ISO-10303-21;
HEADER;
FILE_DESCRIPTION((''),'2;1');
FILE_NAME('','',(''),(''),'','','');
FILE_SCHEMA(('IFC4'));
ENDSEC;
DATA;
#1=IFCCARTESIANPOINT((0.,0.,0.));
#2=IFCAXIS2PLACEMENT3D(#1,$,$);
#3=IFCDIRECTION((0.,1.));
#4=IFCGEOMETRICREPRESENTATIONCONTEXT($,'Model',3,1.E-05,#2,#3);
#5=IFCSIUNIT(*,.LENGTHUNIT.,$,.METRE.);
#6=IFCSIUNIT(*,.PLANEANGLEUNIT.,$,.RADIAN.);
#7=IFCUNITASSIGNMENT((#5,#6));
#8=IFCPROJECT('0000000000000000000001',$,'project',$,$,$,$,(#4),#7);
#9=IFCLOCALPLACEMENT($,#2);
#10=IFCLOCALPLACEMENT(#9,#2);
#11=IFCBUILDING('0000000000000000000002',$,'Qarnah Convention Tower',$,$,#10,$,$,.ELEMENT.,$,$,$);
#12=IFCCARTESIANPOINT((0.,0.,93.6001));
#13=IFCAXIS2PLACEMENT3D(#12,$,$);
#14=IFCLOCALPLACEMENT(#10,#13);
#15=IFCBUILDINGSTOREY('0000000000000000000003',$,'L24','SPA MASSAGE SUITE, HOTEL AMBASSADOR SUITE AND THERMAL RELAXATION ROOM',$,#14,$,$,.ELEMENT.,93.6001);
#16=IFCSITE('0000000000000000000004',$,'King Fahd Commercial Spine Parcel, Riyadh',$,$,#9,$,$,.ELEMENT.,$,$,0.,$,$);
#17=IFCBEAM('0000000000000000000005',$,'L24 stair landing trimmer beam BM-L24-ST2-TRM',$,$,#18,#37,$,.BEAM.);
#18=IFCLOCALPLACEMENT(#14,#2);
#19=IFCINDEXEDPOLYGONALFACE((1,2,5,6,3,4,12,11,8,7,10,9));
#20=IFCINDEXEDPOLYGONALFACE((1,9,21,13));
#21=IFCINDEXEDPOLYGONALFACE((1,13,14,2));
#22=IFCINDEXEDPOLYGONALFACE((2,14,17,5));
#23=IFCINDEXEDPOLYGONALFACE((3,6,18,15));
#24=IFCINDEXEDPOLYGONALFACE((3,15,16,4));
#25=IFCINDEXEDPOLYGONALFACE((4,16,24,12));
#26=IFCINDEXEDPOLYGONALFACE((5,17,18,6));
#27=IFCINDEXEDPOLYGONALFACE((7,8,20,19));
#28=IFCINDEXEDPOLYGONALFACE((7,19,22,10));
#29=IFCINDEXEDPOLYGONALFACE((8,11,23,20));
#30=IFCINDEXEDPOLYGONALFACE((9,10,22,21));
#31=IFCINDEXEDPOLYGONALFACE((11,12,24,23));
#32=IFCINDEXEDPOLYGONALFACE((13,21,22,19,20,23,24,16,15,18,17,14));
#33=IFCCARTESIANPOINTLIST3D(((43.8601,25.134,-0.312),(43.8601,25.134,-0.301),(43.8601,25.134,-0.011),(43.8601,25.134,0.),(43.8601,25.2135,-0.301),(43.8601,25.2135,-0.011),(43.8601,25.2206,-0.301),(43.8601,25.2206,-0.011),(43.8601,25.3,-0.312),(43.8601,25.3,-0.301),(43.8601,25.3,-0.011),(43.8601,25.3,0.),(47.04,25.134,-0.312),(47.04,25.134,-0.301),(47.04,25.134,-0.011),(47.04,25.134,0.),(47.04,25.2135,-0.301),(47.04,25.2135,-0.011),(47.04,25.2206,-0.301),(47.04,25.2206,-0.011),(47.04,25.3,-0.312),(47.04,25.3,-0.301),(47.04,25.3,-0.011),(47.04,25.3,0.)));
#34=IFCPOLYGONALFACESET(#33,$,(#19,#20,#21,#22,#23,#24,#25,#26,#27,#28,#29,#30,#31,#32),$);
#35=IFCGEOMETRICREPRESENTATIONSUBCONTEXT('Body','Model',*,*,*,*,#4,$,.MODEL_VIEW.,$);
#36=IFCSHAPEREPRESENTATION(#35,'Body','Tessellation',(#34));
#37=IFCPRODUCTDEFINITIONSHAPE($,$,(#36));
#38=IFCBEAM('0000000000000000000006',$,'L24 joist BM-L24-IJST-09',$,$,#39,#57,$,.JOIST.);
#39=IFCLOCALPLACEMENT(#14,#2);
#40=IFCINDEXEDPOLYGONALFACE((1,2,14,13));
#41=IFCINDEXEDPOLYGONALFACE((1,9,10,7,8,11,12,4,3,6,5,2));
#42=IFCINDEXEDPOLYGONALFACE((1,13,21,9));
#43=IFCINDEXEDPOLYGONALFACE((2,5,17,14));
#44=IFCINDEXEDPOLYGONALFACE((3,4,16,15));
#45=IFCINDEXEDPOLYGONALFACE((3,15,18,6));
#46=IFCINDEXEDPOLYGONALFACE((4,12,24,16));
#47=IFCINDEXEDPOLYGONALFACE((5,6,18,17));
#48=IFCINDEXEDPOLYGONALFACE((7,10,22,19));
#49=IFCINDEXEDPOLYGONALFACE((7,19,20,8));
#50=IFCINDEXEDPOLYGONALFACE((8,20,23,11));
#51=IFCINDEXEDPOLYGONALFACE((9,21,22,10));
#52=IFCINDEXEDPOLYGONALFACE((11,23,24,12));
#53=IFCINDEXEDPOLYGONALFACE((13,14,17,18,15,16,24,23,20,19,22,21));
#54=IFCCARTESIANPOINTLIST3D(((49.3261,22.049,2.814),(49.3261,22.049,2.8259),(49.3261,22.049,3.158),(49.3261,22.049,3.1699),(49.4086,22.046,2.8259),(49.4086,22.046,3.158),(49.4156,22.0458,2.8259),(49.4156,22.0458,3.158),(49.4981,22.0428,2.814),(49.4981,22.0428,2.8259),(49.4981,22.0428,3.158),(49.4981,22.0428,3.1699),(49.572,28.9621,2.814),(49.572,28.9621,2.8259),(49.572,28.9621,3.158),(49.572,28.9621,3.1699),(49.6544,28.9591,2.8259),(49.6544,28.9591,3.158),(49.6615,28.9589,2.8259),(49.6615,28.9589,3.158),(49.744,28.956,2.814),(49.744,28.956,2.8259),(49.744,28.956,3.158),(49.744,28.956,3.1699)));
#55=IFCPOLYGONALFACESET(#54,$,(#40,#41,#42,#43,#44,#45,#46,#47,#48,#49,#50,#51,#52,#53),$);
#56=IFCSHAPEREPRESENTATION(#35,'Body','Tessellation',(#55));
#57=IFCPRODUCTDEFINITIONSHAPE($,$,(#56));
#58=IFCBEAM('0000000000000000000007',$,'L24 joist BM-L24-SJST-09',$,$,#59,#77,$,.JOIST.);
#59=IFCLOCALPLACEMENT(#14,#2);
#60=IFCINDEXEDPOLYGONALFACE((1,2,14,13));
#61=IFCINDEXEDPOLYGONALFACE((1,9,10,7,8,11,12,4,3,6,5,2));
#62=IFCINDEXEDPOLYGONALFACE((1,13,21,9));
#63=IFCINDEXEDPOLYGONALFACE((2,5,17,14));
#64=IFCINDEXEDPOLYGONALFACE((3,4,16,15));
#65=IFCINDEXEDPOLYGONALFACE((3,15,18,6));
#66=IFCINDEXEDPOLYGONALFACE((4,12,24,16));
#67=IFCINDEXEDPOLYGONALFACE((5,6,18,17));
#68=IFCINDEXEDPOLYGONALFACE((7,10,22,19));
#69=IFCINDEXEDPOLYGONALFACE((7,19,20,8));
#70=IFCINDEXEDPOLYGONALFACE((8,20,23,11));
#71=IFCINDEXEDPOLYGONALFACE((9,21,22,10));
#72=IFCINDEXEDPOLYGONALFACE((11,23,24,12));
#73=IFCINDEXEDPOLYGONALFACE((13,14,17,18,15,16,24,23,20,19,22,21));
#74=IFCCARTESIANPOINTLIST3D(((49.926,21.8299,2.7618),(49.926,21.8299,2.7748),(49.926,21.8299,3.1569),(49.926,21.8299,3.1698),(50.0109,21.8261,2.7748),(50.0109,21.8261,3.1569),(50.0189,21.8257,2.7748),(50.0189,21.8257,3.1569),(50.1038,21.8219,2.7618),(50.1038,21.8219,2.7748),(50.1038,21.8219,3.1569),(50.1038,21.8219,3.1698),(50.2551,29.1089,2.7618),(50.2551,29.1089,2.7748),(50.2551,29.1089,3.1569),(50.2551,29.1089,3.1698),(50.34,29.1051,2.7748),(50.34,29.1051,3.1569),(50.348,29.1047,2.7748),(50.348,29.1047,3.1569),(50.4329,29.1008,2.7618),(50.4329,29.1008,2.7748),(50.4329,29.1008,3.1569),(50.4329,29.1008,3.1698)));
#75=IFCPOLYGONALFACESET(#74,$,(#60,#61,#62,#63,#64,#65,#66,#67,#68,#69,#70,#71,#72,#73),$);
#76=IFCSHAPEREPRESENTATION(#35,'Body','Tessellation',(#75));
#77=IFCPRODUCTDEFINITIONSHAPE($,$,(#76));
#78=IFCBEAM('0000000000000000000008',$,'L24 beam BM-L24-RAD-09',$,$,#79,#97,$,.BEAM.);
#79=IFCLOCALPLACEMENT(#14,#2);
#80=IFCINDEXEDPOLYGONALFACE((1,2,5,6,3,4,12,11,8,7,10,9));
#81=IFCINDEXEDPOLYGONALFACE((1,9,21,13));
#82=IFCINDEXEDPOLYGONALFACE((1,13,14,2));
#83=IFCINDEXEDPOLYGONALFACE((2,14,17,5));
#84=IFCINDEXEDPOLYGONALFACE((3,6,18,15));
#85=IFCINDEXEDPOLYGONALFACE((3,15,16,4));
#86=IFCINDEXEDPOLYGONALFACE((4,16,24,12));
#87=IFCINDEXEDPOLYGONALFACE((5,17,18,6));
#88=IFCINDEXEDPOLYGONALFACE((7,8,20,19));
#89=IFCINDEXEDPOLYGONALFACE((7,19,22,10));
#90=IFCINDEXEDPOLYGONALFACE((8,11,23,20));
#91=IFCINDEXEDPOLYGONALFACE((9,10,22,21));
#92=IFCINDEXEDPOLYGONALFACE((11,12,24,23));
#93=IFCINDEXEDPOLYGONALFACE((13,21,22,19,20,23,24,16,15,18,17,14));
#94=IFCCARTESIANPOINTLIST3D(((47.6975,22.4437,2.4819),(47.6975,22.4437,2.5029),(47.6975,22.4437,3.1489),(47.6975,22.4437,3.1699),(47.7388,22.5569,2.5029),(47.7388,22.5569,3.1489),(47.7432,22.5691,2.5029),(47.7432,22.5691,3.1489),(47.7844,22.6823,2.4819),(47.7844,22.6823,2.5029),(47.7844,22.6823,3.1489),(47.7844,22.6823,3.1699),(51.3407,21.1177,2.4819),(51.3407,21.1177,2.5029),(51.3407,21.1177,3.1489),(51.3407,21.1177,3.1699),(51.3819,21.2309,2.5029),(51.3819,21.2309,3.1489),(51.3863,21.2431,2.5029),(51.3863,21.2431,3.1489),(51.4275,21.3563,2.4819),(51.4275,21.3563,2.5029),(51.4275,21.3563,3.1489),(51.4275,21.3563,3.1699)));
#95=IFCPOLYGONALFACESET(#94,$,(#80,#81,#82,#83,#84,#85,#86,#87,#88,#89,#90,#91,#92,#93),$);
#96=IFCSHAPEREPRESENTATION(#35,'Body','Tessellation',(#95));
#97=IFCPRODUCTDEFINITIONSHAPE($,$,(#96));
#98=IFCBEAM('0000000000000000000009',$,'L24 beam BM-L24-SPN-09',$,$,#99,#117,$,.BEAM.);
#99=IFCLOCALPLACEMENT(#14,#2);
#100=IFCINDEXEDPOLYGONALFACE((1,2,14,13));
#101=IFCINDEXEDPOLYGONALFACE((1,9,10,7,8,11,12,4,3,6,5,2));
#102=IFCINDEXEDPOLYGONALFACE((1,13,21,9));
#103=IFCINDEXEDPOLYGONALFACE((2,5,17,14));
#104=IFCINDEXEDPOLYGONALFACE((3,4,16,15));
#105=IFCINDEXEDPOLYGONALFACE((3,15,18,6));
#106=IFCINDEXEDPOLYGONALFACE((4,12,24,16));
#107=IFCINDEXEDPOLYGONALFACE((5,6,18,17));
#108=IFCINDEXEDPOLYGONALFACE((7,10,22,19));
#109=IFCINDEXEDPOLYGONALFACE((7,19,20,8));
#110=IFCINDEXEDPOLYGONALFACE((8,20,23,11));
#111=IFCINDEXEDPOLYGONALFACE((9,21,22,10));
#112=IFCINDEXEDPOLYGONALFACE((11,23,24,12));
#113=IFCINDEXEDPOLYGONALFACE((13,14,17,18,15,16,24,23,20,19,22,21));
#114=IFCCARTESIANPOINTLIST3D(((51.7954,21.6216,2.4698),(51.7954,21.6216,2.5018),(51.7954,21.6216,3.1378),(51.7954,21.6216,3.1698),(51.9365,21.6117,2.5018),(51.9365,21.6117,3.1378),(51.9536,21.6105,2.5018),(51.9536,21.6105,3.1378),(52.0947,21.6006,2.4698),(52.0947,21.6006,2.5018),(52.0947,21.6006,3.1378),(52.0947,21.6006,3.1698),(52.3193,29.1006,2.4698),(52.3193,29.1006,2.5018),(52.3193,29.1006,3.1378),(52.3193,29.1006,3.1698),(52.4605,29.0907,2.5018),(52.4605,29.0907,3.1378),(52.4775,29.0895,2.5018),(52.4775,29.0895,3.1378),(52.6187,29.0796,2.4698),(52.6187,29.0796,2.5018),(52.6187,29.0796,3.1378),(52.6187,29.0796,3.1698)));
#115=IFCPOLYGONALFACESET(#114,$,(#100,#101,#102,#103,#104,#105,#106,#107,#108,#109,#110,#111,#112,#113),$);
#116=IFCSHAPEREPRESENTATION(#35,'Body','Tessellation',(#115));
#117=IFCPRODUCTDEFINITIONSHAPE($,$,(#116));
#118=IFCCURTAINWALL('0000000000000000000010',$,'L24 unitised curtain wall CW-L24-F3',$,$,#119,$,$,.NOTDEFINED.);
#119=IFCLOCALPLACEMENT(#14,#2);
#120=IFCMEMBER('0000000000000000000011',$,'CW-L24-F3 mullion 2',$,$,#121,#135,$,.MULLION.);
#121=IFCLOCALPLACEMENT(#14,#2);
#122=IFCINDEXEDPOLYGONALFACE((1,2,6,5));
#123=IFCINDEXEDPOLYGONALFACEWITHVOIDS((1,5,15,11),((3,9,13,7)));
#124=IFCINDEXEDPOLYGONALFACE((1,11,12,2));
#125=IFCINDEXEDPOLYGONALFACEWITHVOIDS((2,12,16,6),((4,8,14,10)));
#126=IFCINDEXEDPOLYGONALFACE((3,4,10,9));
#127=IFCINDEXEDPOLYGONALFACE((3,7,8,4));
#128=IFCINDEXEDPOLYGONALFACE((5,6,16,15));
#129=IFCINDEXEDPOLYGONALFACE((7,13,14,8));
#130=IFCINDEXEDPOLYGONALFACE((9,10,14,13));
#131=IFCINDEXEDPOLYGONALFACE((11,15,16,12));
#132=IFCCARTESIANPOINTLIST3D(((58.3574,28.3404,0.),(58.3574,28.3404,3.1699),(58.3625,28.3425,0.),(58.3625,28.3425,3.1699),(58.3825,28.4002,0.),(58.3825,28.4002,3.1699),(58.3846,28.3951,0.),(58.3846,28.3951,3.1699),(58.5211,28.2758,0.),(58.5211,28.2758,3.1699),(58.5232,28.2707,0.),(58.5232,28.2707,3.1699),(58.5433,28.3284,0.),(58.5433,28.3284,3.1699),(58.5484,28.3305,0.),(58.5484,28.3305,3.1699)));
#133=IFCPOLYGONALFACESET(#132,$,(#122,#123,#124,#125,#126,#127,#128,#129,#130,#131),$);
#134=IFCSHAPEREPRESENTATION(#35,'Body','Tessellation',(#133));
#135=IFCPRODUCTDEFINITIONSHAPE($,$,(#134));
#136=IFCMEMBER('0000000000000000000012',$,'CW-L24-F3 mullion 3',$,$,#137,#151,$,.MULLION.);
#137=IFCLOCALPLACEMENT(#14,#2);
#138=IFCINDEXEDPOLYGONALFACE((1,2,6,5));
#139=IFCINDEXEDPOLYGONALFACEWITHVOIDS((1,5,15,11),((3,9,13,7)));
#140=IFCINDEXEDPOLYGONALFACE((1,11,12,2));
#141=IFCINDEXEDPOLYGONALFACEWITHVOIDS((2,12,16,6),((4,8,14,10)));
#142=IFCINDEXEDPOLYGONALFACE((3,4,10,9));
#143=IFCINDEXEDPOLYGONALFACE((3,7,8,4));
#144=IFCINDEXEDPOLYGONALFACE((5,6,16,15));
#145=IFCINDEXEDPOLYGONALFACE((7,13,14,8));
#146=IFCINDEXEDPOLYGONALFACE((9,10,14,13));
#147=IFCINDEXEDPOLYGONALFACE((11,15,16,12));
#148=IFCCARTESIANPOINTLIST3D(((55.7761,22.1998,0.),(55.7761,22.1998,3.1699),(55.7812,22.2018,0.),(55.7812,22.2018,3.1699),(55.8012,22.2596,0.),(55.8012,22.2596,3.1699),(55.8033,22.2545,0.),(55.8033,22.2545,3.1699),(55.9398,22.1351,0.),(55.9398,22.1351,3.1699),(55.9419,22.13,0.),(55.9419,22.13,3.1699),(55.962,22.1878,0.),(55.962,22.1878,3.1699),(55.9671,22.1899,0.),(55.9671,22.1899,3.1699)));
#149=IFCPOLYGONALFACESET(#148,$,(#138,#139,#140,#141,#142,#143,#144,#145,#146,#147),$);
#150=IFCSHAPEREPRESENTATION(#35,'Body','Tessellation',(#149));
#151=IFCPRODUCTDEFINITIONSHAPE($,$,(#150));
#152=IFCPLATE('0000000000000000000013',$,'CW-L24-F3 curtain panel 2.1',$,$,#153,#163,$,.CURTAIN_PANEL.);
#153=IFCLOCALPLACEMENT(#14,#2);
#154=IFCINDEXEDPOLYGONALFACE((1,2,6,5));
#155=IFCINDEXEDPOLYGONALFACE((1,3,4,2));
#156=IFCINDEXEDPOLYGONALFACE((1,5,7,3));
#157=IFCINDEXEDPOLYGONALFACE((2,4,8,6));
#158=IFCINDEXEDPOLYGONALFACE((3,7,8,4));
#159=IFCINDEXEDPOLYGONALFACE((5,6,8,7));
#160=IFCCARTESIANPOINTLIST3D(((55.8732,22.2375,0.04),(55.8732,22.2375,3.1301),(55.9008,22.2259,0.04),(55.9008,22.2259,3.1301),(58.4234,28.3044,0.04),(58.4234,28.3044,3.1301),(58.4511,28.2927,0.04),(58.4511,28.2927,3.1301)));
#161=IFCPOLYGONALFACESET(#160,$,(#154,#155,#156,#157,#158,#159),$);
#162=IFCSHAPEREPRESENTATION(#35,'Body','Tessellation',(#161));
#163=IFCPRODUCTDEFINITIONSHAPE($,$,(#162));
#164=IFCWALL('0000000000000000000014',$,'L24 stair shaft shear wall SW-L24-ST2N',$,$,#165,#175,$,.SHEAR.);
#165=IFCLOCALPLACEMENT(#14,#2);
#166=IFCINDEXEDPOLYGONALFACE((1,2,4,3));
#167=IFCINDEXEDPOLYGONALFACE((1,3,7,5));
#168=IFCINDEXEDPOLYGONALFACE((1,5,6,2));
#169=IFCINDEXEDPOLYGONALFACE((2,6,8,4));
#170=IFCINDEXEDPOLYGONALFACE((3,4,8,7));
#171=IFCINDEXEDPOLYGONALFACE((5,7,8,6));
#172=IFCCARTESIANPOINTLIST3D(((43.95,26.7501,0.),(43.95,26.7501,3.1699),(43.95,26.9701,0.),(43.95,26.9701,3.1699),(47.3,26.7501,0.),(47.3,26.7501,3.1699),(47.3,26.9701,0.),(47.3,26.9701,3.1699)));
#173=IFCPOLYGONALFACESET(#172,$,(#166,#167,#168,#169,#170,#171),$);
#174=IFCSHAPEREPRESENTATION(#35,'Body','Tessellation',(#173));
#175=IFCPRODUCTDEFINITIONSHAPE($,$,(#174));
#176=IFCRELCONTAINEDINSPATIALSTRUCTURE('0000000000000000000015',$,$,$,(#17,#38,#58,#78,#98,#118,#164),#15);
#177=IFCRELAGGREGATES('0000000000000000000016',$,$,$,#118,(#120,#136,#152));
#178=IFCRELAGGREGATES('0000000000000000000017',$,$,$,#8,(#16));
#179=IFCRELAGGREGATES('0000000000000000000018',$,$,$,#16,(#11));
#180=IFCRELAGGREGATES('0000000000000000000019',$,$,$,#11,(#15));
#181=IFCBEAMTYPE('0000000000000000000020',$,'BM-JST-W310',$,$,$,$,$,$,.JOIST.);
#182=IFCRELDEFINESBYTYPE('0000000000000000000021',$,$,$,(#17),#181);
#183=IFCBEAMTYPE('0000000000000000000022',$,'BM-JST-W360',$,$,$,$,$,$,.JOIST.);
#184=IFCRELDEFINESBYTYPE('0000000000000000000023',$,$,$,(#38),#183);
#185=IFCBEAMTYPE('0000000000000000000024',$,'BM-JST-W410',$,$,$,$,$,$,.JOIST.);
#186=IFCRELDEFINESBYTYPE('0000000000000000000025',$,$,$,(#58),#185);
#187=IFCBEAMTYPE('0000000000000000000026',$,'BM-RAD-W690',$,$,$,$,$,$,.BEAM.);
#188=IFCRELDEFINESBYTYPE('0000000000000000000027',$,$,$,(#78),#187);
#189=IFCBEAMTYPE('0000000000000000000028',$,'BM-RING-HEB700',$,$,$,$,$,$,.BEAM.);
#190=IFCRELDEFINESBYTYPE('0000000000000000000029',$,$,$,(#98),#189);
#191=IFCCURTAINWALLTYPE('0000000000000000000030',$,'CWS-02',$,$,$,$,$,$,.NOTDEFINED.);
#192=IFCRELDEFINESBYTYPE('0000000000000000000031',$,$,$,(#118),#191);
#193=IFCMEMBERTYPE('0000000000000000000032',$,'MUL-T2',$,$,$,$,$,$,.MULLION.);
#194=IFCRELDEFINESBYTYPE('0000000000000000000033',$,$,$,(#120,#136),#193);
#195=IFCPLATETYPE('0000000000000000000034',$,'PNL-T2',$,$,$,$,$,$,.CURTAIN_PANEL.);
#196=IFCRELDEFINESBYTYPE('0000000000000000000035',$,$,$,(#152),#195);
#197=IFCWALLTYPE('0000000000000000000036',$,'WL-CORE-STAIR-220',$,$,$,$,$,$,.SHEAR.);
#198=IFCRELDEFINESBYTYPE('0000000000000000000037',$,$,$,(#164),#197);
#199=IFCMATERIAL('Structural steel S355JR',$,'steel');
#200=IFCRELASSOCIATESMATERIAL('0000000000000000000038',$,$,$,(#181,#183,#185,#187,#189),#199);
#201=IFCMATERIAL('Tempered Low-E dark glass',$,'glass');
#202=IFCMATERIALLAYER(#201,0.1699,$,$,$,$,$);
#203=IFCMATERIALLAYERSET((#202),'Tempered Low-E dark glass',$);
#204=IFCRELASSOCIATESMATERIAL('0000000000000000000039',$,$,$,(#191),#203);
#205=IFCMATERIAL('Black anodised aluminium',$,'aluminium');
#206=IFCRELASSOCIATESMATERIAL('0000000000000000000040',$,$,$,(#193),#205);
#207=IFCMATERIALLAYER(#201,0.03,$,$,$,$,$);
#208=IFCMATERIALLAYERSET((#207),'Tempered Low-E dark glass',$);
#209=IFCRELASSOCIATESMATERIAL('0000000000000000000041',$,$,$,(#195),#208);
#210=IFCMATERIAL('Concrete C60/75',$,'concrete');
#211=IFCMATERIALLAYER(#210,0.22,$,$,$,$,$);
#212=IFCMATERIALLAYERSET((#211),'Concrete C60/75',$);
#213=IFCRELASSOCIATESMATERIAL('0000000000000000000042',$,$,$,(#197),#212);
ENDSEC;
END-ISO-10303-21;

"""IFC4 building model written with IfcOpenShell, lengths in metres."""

from ifc_helpers import new_model, si_unit, direction, frame, frame_2d, origin, origin_2d, place, context, subcontext, project, spatial, rectangle, hollow_rectangle, i_section, extrude, material, layer, layer_set, material_profile, profile_set, type_object, element, aggregate, save


model = new_model("IFC4")

# Units and contexts
model_context = context("Model", 3, precision=1e-05, world=origin(), true_north=direction((0.0, 1.0)))
body_context = subcontext(model_context, "Body", "Model", "MODEL_VIEW")
ifc_project = project(units=[si_unit("LENGTHUNIT", "METRE"), si_unit("PLANEANGLEUNIT", "RADIAN")], contexts=[model_context])

# Site, building, storey
site_placement = place(None, origin())
site = spatial("IfcSite", under=ifc_project, at=site_placement, Name="King Fahd Commercial Spine Parcel, Riyadh", CompositionType="ELEMENT", RefElevation=0.0)
building_placement = place(site_placement, origin())
building = spatial("IfcBuilding", under=site, at=building_placement, Name="Qarnah Convention Tower", CompositionType="ELEMENT")
storey_placement = place(building_placement, frame((0.0, 0.0, 93.6001)))
storey = spatial("IfcBuildingStorey", under=building, at=storey_placement, Name="L24", Description="SPA MASSAGE SUITE, HOTEL AMBASSADOR SUITE AND THERMAL RELAXATION ROOM", CompositionType="ELEMENT", Elevation=93.6001)

# Beams
ifc_material_1 = material(Name="Structural steel S355JR", Category="steel")
ifc_material_profile_1 = material_profile(ifc_material_1, i_section(OverallWidth=0.166, OverallDepth=0.312, WebThickness=0.0071, FlangeThickness=0.011, at=origin_2d()), Name="W310X45")
ifc_profile_set_1 = profile_set([ifc_material_profile_1], Name="Structural steel S355JR")
beam_type_1 = type_object("IfcBeamType", Name="BM-JST-W310", PredefinedType="JOIST", material=ifc_profile_set_1)
beam_1_placement = place(storey_placement, frame((43.8601, 25.217, -0.156), z_axis=(1.0, 0.0, 0.0), x_axis=(0.0, 1.0, 0.0)))
element("IfcBeam", 1, at=beam_1_placement, inside=storey, type_object=beam_type_1, Name="L24 stair landing trimmer beam BM-L24-ST2-TRM", PredefinedType="BEAM", context=body_context, shape_type="SweptSolid", body=[
    extrude(i_section(OverallWidth=0.166, OverallDepth=0.312, WebThickness=0.0071, FlangeThickness=0.011, at=origin_2d()), origin(), (0.0, 0.0, 1.0), 3.1799),
])
ifc_material_profile_2 = material_profile(ifc_material_1, i_section(OverallWidth=0.1721, OverallDepth=0.356, WebThickness=0.0071, FlangeThickness=0.012, at=origin_2d()), Name="W360X51")
ifc_profile_set_2 = profile_set([ifc_material_profile_2], Name="Structural steel S355JR")
beam_type_2 = type_object("IfcBeamType", Name="BM-JST-W360", PredefinedType="JOIST", material=ifc_profile_set_2)
beam_2_placement = place(storey_placement, frame((49.4121, 22.0459, 2.9919), z_axis=(0.03554, 0.999368, 0.0), x_axis=(-0.999368, 0.03554, 0.0)))
element("IfcBeam", 2, at=beam_2_placement, inside=storey, type_object=beam_type_2, Name="L24 joist BM-L24-IJST-09", PredefinedType="JOIST", context=body_context, shape_type="SweptSolid", body=[
    extrude(i_section(OverallWidth=0.1721, OverallDepth=0.356, WebThickness=0.0071, FlangeThickness=0.012, at=origin_2d()), origin(), (0.0, 0.0, 1.0), 6.9175),
])
ifc_material_profile_3 = material_profile(ifc_material_1, i_section(OverallWidth=0.178, OverallDepth=0.408, WebThickness=0.0081, FlangeThickness=0.0129, at=origin_2d()), Name="W410X60")
ifc_profile_set_3 = profile_set([ifc_material_profile_3], Name="Structural steel S355JR")
beam_type_3 = type_object("IfcBeamType", Name="BM-JST-W410", PredefinedType="JOIST", material=ifc_profile_set_3)
beam_3_placement = place(storey_placement, frame((50.0149, 21.8259, 2.9658), z_axis=(0.045166, 0.998979, 0.0), x_axis=(-0.998979, 0.045166, 0.0)))
element("IfcBeam", 3, at=beam_3_placement, inside=storey, type_object=beam_type_3, Name="L24 joist BM-L24-SJST-09", PredefinedType="JOIST", context=body_context, shape_type="SweptSolid", body=[
    extrude(i_section(OverallWidth=0.178, OverallDepth=0.408, WebThickness=0.0081, FlangeThickness=0.0129, at=origin_2d()), origin(), (0.0, 0.0, 1.0), 7.2864),
])
ifc_material_profile_4 = material_profile(ifc_material_1, i_section(OverallWidth=0.2539, OverallDepth=0.688, WebThickness=0.0129, FlangeThickness=0.021, at=origin_2d()), Name="W690X152")
ifc_profile_set_4 = profile_set([ifc_material_profile_4], Name="Structural steel S355JR")
beam_type_4 = type_object("IfcBeamType", Name="BM-RAD-W690", PredefinedType="BEAM", material=ifc_profile_set_4)
beam_4_placement = place(storey_placement, frame((47.741, 22.563, 2.8259), z_axis=(0.939696, -0.342011, 0.0), x_axis=(0.342011, 0.939696, 0.0)))
element("IfcBeam", 4, at=beam_4_placement, inside=storey, type_object=beam_type_4, Name="L24 beam BM-L24-RAD-09", PredefinedType="BEAM", context=body_context, shape_type="SweptSolid", body=[
    extrude(i_section(OverallWidth=0.2539, OverallDepth=0.688, WebThickness=0.0129, FlangeThickness=0.021, at=origin_2d()), origin(), (0.0, 0.0, 1.0), 3.877),
])
ifc_material_profile_5 = material_profile(ifc_material_1, i_section(OverallWidth=0.3, OverallDepth=0.7, WebThickness=0.0171, FlangeThickness=0.032, at=origin_2d()), Name="HEB700")
ifc_profile_set_5 = profile_set([ifc_material_profile_5], Name="Structural steel S355JR")
beam_type_5 = type_object("IfcBeamType", Name="BM-RING-HEB700", PredefinedType="BEAM", material=ifc_profile_set_5)
beam_5_placement = place(storey_placement, frame((51.9451, 21.6111, 2.8198), z_axis=(0.069882, 0.997555, 0.0), x_axis=(-0.997555, 0.069882, 0.0)))
element("IfcBeam", 5, at=beam_5_placement, inside=storey, type_object=beam_type_5, Name="L24 beam BM-L24-SPN-09", PredefinedType="BEAM", context=body_context, shape_type="SweptSolid", body=[
    extrude(i_section(OverallWidth=0.3, OverallDepth=0.7, WebThickness=0.0171, FlangeThickness=0.032, at=origin_2d()), origin(), (0.0, 0.0, 1.0), 7.4973),
])

# Curtain wall, members, plate
ifc_material_2 = material(Name="Tempered Low-E dark glass", Category="glass")
ifc_layer_1 = layer(ifc_material_2, 0.1699)
ifc_layer_set_1 = layer_set([ifc_layer_1], Name="Tempered Low-E dark glass")
curtain_wall_type = type_object("IfcCurtainWallType", Name="CWS-02", PredefinedType="NOTDEFINED", material=ifc_layer_set_1)
curtain_wall_placement = place(storey_placement, origin())
curtain_wall = element("IfcCurtainWall", 6, at=curtain_wall_placement, inside=storey, type_object=curtain_wall_type, Name="L24 unitised curtain wall CW-L24-F3", PredefinedType="NOTDEFINED")
ifc_material_3 = material(Name="Black anodised aluminium", Category="aluminium")
ifc_material_profile_6 = material_profile(ifc_material_3, hollow_rectangle(XDim=0.0649, YDim=0.1799, WallThickness=0.0039, at=origin_2d()), Name="MUL-65X180")
ifc_profile_set_6 = profile_set([ifc_material_profile_6], Name="Black anodised aluminium")
member_type = type_object("IfcMemberType", Name="MUL-T2", PredefinedType="MULLION", material=ifc_profile_set_6)
member_1_placement = place(storey_placement, frame((58.4529, 28.3354, 0.0), z_axis=(0.0, 0.0, 1.0), x_axis=(-0.387507, -0.921867, 0.0)))
member_1 = element("IfcMember", 7, at=member_1_placement, type_object=member_type, Name="CW-L24-F3 mullion 2", PredefinedType="MULLION", context=body_context, shape_type="SweptSolid", body=[
    extrude(hollow_rectangle(XDim=0.0649, YDim=0.1799, WallThickness=0.0039, at=origin_2d()), origin(), (0.0, 0.0, 1.0), 3.1699),
])
member_2_placement = place(storey_placement, frame((55.8716, 22.1948, 0.0), z_axis=(0.0, 0.0, 1.0), x_axis=(-0.387507, -0.921867, 0.0)))
member_2 = element("IfcMember", 8, at=member_2_placement, type_object=member_type, Name="CW-L24-F3 mullion 3", PredefinedType="MULLION", context=body_context, shape_type="SweptSolid", body=[
    extrude(hollow_rectangle(XDim=0.0649, YDim=0.1799, WallThickness=0.0039, at=origin_2d()), origin(), (0.0, 0.0, 1.0), 3.1699),
])
ifc_layer_2 = layer(ifc_material_2, 0.03)
ifc_layer_set_2 = layer_set([ifc_layer_2], Name="Tempered Low-E dark glass")
plate_type = type_object("IfcPlateType", Name="PNL-T2", PredefinedType="CURTAIN_PANEL", material=ifc_layer_set_2)
plate_placement = place(storey_placement, frame((57.1621, 25.2651, 0.04), z_axis=(0.0, 0.0, 1.0), x_axis=(-0.387507, -0.921867, 0.0)))
plate = element("IfcPlate", 9, at=plate_placement, type_object=plate_type, Name="CW-L24-F3 curtain panel 2.1", PredefinedType="CURTAIN_PANEL", context=body_context, shape_type="SweptSolid", body=[
    extrude(rectangle(XDim=6.5811, YDim=0.03, at=origin_2d()), origin(), (0.0, 0.0, 1.0), 3.0901),
])
aggregate(curtain_wall, [member_1, member_2, plate])

# Wall
ifc_material_4 = material(Name="Concrete C60/75", Category="concrete")
ifc_layer_3 = layer(ifc_material_4, 0.22)
ifc_layer_set_3 = layer_set([ifc_layer_3], Name="Concrete C60/75")
wall_type_1 = type_object("IfcWallType", Name="WL-CORE-STAIR-220", PredefinedType="SHEAR", material=ifc_layer_set_3)
wall_placement = place(storey_placement, frame((43.95, 26.8601, 0.0), z_axis=(0.0, 0.0, 1.0), x_axis=(1.0, 0.0, 0.0)))
element("IfcWall", 10, at=wall_placement, inside=storey, type_object=wall_type_1, Name="L24 stair shaft shear wall SW-L24-ST2N", PredefinedType="SHEAR", context=body_context, shape_type="SweptSolid", body=[
    extrude(rectangle(XDim=3.3501, YDim=0.22, at=frame_2d((1.675, 0.0))), origin(), (0.0, 0.0, 1.0), 3.1699),
])

save(model, "model.ifc")
